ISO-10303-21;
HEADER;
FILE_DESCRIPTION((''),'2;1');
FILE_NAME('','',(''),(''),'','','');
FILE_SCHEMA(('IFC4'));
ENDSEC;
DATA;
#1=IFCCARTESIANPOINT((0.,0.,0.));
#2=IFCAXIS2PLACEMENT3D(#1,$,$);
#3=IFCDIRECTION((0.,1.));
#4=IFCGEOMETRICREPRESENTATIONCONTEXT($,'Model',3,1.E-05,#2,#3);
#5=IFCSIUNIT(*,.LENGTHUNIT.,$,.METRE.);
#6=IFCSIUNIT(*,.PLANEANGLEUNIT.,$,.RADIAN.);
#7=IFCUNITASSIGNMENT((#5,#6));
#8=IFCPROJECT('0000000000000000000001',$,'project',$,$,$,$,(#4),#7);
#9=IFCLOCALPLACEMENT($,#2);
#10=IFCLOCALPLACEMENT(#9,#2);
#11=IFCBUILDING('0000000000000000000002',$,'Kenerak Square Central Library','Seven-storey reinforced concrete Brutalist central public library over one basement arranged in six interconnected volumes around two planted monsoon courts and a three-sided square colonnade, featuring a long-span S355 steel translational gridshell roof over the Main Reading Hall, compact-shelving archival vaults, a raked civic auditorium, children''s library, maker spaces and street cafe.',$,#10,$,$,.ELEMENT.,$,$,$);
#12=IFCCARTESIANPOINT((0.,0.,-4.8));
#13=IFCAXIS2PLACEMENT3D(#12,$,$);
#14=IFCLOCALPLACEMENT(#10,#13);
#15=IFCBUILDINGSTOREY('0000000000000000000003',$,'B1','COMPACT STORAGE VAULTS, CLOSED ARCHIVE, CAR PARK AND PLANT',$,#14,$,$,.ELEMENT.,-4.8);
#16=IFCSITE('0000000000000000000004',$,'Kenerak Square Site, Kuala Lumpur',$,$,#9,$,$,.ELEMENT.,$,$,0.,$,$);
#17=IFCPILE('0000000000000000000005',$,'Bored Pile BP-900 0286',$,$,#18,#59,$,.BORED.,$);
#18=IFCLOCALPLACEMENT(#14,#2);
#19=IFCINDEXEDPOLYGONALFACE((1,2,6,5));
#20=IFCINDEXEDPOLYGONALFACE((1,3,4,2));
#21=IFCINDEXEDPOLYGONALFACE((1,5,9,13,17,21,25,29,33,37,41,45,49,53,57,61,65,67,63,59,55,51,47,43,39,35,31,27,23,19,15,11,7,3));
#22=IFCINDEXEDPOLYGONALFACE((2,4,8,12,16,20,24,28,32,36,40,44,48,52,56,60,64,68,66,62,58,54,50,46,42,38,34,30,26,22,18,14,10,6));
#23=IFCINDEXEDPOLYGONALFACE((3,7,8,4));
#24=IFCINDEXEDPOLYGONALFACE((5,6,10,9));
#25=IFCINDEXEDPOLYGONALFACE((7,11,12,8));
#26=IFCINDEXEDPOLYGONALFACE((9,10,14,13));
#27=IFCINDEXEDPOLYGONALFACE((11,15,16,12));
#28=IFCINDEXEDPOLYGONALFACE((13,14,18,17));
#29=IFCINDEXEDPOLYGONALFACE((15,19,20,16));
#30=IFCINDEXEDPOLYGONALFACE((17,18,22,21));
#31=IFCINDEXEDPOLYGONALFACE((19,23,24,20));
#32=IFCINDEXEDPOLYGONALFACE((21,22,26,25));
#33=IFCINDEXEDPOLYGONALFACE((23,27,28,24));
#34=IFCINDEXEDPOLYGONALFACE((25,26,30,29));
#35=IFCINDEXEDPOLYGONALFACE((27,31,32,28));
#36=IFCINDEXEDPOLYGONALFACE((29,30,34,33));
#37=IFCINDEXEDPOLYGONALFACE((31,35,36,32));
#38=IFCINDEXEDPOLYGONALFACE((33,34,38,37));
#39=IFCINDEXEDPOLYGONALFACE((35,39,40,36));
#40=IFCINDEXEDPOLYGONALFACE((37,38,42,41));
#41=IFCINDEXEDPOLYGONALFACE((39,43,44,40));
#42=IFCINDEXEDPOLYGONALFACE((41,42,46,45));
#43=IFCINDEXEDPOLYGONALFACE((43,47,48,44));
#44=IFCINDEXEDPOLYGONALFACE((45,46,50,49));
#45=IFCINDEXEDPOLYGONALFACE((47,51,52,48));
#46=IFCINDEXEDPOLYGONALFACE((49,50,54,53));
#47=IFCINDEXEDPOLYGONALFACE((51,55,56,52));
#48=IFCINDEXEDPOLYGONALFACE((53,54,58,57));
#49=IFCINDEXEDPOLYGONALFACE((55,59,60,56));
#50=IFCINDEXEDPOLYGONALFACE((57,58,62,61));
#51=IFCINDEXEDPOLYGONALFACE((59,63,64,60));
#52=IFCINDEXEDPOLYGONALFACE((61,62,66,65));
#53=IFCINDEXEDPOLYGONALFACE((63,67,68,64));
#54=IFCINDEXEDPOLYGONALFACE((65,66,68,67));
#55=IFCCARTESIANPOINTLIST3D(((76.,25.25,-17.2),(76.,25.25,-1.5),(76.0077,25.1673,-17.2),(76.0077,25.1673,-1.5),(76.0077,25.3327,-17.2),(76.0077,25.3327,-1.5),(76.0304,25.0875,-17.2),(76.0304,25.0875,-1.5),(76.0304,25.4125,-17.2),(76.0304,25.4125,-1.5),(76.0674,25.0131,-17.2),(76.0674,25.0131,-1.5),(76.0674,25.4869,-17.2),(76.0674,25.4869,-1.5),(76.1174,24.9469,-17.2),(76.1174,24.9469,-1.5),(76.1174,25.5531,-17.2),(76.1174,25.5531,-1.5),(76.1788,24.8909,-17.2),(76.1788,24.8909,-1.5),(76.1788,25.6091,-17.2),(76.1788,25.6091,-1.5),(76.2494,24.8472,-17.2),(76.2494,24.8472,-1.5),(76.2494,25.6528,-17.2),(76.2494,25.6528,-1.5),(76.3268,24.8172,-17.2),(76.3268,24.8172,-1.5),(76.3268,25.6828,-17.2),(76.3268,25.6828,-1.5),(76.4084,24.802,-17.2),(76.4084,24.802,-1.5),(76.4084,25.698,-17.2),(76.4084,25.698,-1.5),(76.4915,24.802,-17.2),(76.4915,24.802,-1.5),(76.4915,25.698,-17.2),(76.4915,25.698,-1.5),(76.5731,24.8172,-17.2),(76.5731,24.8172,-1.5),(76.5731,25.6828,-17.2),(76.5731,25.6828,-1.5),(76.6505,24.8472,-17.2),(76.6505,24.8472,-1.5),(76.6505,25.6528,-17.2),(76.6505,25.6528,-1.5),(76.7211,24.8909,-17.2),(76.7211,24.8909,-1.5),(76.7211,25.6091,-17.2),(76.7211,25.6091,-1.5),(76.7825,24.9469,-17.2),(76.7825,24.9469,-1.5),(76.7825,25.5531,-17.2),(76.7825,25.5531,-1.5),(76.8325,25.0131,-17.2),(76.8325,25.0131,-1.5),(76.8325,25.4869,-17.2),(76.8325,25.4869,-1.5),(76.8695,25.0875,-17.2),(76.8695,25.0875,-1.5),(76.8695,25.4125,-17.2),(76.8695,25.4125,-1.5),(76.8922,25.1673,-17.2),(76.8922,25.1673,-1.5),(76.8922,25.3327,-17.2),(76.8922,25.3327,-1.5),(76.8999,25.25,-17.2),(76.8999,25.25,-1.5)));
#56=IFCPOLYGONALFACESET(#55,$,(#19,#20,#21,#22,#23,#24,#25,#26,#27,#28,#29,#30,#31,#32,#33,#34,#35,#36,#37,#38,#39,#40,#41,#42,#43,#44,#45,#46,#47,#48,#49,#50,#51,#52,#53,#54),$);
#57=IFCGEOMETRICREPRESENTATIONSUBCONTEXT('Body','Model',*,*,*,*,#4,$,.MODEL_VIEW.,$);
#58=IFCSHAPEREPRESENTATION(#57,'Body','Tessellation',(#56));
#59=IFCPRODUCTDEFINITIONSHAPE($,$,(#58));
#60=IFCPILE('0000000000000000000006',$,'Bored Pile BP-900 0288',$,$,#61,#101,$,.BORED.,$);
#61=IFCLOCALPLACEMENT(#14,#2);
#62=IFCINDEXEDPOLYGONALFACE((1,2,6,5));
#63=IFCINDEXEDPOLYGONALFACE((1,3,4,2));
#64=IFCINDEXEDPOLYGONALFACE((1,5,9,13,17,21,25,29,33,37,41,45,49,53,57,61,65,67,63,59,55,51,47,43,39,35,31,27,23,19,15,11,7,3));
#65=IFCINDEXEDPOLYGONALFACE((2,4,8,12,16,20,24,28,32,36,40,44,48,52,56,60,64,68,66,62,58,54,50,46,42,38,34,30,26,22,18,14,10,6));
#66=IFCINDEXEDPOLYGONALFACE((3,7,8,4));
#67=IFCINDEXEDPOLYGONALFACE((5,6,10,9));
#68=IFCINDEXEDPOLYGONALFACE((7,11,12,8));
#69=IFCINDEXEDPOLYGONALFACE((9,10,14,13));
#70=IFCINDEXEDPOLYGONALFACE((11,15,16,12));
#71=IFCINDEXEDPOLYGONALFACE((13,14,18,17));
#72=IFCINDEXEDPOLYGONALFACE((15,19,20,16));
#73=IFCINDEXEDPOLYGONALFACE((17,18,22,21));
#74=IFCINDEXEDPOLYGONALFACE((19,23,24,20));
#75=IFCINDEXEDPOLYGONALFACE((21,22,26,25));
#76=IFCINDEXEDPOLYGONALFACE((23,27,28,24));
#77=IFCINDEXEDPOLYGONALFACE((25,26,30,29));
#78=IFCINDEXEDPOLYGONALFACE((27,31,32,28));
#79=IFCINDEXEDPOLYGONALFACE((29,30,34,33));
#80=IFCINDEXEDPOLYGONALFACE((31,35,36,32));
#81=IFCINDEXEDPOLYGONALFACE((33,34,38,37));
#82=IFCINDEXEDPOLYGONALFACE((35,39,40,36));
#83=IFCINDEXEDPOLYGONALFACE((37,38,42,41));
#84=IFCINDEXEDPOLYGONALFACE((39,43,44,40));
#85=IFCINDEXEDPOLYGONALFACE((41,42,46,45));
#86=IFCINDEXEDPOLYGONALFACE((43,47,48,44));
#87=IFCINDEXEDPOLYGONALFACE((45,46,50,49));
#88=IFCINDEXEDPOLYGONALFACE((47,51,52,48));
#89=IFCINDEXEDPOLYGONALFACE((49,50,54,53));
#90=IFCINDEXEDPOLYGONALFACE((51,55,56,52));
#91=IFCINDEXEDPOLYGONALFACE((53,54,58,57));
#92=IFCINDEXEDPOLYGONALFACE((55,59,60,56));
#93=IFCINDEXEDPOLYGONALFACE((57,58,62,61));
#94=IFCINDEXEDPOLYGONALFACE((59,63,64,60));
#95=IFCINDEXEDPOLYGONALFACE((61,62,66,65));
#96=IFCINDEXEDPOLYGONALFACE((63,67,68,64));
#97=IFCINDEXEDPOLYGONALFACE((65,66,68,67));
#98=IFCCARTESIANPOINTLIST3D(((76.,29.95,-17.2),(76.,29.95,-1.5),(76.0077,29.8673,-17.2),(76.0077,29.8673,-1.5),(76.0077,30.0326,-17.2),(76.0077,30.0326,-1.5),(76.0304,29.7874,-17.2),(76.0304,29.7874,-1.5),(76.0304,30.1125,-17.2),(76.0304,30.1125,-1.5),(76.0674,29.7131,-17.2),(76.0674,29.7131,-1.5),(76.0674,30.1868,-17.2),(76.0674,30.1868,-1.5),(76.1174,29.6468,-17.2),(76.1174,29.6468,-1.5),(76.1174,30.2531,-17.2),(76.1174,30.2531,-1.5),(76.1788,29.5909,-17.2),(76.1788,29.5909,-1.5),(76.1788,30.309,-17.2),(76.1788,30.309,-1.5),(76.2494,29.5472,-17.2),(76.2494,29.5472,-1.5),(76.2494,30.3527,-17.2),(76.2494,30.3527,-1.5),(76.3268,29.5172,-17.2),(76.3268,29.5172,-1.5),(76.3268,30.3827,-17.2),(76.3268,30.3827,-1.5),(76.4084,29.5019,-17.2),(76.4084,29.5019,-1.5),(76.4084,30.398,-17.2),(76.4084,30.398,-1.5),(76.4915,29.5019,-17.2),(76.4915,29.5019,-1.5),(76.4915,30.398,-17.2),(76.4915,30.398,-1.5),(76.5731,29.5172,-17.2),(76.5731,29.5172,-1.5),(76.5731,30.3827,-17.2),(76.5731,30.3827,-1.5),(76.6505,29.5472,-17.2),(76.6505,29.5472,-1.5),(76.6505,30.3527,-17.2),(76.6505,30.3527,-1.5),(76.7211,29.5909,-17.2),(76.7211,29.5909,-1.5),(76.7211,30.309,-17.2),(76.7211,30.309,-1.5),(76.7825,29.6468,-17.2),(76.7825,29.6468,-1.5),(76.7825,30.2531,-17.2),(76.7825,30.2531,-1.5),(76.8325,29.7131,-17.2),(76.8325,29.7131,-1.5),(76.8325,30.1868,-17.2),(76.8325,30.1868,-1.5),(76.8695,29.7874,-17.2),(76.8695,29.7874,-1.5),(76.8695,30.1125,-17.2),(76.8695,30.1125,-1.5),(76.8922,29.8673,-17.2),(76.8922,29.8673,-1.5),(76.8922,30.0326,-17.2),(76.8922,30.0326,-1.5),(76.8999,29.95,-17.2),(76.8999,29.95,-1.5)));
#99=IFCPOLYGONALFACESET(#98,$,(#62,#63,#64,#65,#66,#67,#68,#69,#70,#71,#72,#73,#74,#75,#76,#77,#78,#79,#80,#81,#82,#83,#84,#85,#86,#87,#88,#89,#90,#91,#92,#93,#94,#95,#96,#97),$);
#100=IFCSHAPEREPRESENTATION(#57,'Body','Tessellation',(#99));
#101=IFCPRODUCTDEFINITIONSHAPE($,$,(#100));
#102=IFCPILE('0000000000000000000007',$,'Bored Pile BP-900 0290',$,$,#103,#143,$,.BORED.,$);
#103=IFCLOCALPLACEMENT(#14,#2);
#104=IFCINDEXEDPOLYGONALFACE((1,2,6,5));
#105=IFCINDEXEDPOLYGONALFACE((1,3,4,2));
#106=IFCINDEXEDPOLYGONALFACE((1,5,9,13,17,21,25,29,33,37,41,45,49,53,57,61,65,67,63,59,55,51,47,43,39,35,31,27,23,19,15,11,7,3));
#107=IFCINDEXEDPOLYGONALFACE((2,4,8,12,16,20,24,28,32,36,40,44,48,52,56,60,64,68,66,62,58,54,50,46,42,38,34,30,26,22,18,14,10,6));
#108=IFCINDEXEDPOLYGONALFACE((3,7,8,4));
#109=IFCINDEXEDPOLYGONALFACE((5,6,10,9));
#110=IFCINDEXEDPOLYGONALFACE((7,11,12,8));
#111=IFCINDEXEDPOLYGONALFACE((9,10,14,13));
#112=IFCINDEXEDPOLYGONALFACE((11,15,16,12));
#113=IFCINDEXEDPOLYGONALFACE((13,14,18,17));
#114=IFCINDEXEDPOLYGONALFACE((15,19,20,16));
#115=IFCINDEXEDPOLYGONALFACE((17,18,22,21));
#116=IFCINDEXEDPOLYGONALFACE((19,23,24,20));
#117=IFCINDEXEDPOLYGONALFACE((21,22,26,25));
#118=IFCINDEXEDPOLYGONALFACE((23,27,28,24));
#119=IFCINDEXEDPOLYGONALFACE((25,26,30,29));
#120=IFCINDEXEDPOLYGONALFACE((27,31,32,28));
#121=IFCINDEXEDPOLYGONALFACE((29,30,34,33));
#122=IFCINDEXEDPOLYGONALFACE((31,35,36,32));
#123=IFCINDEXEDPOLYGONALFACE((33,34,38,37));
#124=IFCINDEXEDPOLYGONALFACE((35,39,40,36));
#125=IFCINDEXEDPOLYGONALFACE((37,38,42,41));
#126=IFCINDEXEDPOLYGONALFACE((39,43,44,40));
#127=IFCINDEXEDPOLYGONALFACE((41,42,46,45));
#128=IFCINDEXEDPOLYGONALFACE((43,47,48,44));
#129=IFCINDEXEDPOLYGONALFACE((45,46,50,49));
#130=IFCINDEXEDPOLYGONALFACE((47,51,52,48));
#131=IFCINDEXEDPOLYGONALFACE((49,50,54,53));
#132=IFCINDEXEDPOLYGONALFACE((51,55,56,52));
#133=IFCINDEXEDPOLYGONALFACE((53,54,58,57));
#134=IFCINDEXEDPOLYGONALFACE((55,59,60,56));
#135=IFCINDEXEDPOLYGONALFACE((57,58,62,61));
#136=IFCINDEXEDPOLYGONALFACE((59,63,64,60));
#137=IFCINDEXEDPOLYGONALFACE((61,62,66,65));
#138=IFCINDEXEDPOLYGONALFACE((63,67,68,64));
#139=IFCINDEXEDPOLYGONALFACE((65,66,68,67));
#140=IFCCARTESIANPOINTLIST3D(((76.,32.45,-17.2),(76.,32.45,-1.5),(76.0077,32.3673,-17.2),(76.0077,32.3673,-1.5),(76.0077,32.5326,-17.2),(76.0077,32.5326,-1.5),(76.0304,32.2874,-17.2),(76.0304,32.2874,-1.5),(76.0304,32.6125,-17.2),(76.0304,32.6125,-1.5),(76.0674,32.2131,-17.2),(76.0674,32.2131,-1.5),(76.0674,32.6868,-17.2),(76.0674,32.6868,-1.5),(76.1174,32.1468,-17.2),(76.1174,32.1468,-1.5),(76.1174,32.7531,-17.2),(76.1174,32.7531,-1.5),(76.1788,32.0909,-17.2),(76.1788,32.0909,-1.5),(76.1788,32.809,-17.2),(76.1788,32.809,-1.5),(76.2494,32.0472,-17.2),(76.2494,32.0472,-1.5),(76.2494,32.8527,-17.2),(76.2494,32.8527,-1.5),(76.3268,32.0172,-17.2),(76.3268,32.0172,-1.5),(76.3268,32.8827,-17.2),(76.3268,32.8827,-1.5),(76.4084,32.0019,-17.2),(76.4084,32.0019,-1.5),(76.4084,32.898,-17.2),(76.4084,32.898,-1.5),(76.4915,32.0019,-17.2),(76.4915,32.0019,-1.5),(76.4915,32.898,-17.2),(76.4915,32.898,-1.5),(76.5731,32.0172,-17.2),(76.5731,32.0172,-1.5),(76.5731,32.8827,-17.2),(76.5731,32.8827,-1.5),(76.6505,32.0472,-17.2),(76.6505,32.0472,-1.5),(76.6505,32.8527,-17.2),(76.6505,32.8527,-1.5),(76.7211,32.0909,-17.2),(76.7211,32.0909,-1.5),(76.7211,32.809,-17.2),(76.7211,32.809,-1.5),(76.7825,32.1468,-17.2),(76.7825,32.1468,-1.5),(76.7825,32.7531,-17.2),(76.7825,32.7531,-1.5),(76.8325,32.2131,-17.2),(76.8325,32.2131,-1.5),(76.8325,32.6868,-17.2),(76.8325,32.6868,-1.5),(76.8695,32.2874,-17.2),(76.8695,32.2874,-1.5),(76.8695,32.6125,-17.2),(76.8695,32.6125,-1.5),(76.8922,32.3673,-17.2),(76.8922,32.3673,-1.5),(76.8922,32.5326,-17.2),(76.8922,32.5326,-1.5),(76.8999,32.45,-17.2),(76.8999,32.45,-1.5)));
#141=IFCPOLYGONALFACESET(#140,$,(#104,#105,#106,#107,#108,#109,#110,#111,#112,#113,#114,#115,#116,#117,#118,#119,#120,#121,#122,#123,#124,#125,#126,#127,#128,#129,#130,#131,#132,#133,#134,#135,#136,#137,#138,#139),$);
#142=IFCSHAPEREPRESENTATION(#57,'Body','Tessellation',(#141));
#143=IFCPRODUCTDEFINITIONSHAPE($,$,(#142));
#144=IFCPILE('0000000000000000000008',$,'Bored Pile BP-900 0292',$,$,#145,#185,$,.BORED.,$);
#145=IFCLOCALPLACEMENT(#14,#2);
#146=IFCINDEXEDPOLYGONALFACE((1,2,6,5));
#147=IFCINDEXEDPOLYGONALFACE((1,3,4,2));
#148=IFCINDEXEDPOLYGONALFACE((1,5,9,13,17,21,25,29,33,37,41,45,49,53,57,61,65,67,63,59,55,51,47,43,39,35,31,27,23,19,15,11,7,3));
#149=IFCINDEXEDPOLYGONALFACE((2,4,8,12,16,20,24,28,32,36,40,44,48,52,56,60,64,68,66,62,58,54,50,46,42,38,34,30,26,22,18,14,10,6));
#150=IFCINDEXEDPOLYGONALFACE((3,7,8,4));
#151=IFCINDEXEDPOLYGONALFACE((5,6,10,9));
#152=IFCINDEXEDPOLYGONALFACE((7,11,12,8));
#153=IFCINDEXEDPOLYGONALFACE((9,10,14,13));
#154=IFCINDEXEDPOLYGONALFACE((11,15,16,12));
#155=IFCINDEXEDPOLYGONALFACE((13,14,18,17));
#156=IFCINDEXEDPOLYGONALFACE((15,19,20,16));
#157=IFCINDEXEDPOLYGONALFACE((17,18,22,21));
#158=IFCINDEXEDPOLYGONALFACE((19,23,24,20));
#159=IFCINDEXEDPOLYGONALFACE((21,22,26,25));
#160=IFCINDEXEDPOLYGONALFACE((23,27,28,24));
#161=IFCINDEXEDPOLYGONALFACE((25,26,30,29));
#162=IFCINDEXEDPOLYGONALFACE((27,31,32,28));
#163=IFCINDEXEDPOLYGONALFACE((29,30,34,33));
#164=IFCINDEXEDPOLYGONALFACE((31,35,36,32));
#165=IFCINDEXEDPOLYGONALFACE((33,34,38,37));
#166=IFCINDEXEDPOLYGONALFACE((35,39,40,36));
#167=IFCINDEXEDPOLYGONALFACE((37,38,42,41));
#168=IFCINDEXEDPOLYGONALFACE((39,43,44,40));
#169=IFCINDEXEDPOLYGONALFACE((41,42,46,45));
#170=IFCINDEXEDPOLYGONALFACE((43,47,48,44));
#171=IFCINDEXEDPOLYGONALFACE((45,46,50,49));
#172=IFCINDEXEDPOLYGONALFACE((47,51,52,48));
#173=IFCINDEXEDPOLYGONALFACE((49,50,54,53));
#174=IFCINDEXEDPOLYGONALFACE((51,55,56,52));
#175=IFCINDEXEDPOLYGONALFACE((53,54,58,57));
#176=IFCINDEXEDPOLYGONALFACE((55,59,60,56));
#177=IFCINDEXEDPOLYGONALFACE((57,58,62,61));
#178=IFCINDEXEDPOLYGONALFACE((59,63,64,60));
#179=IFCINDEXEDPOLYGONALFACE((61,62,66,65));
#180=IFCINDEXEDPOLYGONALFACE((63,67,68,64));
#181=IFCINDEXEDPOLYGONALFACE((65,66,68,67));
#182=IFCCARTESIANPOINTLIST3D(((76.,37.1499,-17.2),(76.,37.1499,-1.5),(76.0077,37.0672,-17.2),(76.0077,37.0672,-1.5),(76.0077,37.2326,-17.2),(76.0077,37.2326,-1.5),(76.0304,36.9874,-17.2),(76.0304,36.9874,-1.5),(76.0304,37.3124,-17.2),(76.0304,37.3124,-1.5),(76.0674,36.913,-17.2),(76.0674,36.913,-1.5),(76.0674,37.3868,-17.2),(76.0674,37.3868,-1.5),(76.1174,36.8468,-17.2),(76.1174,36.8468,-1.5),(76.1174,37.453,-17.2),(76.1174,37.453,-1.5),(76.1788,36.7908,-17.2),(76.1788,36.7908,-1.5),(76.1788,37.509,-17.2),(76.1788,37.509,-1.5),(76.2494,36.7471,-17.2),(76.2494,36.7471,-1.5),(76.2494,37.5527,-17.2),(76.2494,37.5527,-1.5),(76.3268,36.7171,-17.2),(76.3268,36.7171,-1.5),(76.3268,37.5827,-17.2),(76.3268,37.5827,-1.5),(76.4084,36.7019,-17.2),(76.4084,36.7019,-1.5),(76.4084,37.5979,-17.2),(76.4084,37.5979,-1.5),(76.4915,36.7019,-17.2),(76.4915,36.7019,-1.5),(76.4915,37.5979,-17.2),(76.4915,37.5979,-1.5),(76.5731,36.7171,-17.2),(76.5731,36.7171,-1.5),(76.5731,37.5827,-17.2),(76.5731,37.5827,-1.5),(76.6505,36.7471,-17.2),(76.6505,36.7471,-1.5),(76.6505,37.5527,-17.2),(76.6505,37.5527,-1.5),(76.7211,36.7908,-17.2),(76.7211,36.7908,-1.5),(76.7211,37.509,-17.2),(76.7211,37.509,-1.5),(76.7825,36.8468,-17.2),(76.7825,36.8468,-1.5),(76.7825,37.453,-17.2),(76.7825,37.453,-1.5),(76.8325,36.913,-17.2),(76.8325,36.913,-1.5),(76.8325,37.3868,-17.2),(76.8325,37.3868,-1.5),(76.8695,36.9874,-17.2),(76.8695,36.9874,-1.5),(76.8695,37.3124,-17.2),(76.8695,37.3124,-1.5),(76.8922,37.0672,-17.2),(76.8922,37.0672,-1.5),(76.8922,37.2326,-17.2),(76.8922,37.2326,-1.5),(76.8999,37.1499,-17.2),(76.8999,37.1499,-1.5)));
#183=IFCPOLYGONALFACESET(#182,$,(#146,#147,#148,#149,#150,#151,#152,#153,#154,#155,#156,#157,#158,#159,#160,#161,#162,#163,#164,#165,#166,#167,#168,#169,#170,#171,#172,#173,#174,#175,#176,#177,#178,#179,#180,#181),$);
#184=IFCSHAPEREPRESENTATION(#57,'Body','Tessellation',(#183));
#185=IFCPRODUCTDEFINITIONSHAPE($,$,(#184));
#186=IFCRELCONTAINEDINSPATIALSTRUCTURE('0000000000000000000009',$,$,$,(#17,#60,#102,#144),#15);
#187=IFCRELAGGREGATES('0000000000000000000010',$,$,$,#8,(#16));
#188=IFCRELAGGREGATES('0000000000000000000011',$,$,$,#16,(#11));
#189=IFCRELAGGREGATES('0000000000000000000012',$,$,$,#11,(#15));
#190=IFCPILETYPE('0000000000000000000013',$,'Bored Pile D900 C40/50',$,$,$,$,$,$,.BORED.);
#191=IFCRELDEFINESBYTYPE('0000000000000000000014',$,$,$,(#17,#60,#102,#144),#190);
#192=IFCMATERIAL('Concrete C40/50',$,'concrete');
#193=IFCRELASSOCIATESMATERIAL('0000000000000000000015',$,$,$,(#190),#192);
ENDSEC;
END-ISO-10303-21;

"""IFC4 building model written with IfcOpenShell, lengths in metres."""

from ifc_helpers import new_model, si_unit, direction, frame, origin, origin_2d, place, context, subcontext, project, spatial, circle, extrude, material, material_profile, profile_set, type_object, element, save


model = new_model("IFC4")

# Units and contexts
model_context = context("Model", 3, precision=1e-05, world=origin(), true_north=direction((0.0, 1.0)))
body_context = subcontext(model_context, "Body", "Model", "MODEL_VIEW")
ifc_project = project(units=[si_unit("LENGTHUNIT", "METRE"), si_unit("PLANEANGLEUNIT", "RADIAN")], contexts=[model_context])

# Site, building, storey
site_placement = place(None, origin())
site = spatial("IfcSite", under=ifc_project, at=site_placement, Name="Kenerak Square Site, Kuala Lumpur", CompositionType="ELEMENT", RefElevation=0.0)
building_placement = place(site_placement, origin())
building = spatial("IfcBuilding", under=site, at=building_placement, Name="Kenerak Square Central Library", Description="Seven-storey reinforced concrete Brutalist central public library over one basement arranged in six interconnected volumes around two planted monsoon courts and a three-sided square colonnade, featuring a long-span S355 steel translational gridshell roof over the Main Reading Hall, compact-shelving archival vaults, a raked civic auditorium, children's library, maker spaces and street cafe.", CompositionType="ELEMENT")
storey_placement = place(building_placement, frame((0.0, 0.0, -4.8)))
storey = spatial("IfcBuildingStorey", under=building, at=storey_placement, Name="B1", Description="COMPACT STORAGE VAULTS, CLOSED ARCHIVE, CAR PARK AND PLANT", CompositionType="ELEMENT", Elevation=-4.8)

# Piles
ifc_material_1 = material(Name="Concrete C40/50", Category="concrete")
ifc_material_profile_1 = material_profile(ifc_material_1, circle(Radius=0.45, at=origin_2d()), Name="BP D900")
ifc_profile_set_1 = profile_set([ifc_material_profile_1], Name="Concrete C40/50")
pile_type = type_object("IfcPileType", Name="Bored Pile D900 C40/50", PredefinedType="BORED", material=ifc_profile_set_1)
for number, where, z_axis, x_axis, name in (
    (1, (76.45, 25.25, -1.5), (0.0, 0.0, -1.0), (1.0, 0.0, 0.0), "Bored Pile BP-900 0286"),
    (2, (76.45, 29.95, -1.5), (0.0, 0.0, -1.0), (1.0, 0.0, 0.0), "Bored Pile BP-900 0288"),
    (3, (76.45, 32.45, -1.5), (0.0, 0.0, -1.0), (1.0, 0.0, 0.0), "Bored Pile BP-900 0290"),
    (4, (76.45, 37.1499, -1.5), (0.0, 0.0, -1.0), (1.0, 0.0, 0.0), "Bored Pile BP-900 0292"),
):
    element("IfcPile", number, at=place(storey_placement, frame(where, z_axis=z_axis, x_axis=x_axis)), inside=storey, type_object=pile_type, Name=name, PredefinedType="BORED", context=body_context, shape_type="SweptSolid", body=[
        extrude(circle(Radius=0.45, at=origin_2d()), origin(), (0.0, 0.0, 1.0), 15.7),
    ])

save(model, "model.ifc")
